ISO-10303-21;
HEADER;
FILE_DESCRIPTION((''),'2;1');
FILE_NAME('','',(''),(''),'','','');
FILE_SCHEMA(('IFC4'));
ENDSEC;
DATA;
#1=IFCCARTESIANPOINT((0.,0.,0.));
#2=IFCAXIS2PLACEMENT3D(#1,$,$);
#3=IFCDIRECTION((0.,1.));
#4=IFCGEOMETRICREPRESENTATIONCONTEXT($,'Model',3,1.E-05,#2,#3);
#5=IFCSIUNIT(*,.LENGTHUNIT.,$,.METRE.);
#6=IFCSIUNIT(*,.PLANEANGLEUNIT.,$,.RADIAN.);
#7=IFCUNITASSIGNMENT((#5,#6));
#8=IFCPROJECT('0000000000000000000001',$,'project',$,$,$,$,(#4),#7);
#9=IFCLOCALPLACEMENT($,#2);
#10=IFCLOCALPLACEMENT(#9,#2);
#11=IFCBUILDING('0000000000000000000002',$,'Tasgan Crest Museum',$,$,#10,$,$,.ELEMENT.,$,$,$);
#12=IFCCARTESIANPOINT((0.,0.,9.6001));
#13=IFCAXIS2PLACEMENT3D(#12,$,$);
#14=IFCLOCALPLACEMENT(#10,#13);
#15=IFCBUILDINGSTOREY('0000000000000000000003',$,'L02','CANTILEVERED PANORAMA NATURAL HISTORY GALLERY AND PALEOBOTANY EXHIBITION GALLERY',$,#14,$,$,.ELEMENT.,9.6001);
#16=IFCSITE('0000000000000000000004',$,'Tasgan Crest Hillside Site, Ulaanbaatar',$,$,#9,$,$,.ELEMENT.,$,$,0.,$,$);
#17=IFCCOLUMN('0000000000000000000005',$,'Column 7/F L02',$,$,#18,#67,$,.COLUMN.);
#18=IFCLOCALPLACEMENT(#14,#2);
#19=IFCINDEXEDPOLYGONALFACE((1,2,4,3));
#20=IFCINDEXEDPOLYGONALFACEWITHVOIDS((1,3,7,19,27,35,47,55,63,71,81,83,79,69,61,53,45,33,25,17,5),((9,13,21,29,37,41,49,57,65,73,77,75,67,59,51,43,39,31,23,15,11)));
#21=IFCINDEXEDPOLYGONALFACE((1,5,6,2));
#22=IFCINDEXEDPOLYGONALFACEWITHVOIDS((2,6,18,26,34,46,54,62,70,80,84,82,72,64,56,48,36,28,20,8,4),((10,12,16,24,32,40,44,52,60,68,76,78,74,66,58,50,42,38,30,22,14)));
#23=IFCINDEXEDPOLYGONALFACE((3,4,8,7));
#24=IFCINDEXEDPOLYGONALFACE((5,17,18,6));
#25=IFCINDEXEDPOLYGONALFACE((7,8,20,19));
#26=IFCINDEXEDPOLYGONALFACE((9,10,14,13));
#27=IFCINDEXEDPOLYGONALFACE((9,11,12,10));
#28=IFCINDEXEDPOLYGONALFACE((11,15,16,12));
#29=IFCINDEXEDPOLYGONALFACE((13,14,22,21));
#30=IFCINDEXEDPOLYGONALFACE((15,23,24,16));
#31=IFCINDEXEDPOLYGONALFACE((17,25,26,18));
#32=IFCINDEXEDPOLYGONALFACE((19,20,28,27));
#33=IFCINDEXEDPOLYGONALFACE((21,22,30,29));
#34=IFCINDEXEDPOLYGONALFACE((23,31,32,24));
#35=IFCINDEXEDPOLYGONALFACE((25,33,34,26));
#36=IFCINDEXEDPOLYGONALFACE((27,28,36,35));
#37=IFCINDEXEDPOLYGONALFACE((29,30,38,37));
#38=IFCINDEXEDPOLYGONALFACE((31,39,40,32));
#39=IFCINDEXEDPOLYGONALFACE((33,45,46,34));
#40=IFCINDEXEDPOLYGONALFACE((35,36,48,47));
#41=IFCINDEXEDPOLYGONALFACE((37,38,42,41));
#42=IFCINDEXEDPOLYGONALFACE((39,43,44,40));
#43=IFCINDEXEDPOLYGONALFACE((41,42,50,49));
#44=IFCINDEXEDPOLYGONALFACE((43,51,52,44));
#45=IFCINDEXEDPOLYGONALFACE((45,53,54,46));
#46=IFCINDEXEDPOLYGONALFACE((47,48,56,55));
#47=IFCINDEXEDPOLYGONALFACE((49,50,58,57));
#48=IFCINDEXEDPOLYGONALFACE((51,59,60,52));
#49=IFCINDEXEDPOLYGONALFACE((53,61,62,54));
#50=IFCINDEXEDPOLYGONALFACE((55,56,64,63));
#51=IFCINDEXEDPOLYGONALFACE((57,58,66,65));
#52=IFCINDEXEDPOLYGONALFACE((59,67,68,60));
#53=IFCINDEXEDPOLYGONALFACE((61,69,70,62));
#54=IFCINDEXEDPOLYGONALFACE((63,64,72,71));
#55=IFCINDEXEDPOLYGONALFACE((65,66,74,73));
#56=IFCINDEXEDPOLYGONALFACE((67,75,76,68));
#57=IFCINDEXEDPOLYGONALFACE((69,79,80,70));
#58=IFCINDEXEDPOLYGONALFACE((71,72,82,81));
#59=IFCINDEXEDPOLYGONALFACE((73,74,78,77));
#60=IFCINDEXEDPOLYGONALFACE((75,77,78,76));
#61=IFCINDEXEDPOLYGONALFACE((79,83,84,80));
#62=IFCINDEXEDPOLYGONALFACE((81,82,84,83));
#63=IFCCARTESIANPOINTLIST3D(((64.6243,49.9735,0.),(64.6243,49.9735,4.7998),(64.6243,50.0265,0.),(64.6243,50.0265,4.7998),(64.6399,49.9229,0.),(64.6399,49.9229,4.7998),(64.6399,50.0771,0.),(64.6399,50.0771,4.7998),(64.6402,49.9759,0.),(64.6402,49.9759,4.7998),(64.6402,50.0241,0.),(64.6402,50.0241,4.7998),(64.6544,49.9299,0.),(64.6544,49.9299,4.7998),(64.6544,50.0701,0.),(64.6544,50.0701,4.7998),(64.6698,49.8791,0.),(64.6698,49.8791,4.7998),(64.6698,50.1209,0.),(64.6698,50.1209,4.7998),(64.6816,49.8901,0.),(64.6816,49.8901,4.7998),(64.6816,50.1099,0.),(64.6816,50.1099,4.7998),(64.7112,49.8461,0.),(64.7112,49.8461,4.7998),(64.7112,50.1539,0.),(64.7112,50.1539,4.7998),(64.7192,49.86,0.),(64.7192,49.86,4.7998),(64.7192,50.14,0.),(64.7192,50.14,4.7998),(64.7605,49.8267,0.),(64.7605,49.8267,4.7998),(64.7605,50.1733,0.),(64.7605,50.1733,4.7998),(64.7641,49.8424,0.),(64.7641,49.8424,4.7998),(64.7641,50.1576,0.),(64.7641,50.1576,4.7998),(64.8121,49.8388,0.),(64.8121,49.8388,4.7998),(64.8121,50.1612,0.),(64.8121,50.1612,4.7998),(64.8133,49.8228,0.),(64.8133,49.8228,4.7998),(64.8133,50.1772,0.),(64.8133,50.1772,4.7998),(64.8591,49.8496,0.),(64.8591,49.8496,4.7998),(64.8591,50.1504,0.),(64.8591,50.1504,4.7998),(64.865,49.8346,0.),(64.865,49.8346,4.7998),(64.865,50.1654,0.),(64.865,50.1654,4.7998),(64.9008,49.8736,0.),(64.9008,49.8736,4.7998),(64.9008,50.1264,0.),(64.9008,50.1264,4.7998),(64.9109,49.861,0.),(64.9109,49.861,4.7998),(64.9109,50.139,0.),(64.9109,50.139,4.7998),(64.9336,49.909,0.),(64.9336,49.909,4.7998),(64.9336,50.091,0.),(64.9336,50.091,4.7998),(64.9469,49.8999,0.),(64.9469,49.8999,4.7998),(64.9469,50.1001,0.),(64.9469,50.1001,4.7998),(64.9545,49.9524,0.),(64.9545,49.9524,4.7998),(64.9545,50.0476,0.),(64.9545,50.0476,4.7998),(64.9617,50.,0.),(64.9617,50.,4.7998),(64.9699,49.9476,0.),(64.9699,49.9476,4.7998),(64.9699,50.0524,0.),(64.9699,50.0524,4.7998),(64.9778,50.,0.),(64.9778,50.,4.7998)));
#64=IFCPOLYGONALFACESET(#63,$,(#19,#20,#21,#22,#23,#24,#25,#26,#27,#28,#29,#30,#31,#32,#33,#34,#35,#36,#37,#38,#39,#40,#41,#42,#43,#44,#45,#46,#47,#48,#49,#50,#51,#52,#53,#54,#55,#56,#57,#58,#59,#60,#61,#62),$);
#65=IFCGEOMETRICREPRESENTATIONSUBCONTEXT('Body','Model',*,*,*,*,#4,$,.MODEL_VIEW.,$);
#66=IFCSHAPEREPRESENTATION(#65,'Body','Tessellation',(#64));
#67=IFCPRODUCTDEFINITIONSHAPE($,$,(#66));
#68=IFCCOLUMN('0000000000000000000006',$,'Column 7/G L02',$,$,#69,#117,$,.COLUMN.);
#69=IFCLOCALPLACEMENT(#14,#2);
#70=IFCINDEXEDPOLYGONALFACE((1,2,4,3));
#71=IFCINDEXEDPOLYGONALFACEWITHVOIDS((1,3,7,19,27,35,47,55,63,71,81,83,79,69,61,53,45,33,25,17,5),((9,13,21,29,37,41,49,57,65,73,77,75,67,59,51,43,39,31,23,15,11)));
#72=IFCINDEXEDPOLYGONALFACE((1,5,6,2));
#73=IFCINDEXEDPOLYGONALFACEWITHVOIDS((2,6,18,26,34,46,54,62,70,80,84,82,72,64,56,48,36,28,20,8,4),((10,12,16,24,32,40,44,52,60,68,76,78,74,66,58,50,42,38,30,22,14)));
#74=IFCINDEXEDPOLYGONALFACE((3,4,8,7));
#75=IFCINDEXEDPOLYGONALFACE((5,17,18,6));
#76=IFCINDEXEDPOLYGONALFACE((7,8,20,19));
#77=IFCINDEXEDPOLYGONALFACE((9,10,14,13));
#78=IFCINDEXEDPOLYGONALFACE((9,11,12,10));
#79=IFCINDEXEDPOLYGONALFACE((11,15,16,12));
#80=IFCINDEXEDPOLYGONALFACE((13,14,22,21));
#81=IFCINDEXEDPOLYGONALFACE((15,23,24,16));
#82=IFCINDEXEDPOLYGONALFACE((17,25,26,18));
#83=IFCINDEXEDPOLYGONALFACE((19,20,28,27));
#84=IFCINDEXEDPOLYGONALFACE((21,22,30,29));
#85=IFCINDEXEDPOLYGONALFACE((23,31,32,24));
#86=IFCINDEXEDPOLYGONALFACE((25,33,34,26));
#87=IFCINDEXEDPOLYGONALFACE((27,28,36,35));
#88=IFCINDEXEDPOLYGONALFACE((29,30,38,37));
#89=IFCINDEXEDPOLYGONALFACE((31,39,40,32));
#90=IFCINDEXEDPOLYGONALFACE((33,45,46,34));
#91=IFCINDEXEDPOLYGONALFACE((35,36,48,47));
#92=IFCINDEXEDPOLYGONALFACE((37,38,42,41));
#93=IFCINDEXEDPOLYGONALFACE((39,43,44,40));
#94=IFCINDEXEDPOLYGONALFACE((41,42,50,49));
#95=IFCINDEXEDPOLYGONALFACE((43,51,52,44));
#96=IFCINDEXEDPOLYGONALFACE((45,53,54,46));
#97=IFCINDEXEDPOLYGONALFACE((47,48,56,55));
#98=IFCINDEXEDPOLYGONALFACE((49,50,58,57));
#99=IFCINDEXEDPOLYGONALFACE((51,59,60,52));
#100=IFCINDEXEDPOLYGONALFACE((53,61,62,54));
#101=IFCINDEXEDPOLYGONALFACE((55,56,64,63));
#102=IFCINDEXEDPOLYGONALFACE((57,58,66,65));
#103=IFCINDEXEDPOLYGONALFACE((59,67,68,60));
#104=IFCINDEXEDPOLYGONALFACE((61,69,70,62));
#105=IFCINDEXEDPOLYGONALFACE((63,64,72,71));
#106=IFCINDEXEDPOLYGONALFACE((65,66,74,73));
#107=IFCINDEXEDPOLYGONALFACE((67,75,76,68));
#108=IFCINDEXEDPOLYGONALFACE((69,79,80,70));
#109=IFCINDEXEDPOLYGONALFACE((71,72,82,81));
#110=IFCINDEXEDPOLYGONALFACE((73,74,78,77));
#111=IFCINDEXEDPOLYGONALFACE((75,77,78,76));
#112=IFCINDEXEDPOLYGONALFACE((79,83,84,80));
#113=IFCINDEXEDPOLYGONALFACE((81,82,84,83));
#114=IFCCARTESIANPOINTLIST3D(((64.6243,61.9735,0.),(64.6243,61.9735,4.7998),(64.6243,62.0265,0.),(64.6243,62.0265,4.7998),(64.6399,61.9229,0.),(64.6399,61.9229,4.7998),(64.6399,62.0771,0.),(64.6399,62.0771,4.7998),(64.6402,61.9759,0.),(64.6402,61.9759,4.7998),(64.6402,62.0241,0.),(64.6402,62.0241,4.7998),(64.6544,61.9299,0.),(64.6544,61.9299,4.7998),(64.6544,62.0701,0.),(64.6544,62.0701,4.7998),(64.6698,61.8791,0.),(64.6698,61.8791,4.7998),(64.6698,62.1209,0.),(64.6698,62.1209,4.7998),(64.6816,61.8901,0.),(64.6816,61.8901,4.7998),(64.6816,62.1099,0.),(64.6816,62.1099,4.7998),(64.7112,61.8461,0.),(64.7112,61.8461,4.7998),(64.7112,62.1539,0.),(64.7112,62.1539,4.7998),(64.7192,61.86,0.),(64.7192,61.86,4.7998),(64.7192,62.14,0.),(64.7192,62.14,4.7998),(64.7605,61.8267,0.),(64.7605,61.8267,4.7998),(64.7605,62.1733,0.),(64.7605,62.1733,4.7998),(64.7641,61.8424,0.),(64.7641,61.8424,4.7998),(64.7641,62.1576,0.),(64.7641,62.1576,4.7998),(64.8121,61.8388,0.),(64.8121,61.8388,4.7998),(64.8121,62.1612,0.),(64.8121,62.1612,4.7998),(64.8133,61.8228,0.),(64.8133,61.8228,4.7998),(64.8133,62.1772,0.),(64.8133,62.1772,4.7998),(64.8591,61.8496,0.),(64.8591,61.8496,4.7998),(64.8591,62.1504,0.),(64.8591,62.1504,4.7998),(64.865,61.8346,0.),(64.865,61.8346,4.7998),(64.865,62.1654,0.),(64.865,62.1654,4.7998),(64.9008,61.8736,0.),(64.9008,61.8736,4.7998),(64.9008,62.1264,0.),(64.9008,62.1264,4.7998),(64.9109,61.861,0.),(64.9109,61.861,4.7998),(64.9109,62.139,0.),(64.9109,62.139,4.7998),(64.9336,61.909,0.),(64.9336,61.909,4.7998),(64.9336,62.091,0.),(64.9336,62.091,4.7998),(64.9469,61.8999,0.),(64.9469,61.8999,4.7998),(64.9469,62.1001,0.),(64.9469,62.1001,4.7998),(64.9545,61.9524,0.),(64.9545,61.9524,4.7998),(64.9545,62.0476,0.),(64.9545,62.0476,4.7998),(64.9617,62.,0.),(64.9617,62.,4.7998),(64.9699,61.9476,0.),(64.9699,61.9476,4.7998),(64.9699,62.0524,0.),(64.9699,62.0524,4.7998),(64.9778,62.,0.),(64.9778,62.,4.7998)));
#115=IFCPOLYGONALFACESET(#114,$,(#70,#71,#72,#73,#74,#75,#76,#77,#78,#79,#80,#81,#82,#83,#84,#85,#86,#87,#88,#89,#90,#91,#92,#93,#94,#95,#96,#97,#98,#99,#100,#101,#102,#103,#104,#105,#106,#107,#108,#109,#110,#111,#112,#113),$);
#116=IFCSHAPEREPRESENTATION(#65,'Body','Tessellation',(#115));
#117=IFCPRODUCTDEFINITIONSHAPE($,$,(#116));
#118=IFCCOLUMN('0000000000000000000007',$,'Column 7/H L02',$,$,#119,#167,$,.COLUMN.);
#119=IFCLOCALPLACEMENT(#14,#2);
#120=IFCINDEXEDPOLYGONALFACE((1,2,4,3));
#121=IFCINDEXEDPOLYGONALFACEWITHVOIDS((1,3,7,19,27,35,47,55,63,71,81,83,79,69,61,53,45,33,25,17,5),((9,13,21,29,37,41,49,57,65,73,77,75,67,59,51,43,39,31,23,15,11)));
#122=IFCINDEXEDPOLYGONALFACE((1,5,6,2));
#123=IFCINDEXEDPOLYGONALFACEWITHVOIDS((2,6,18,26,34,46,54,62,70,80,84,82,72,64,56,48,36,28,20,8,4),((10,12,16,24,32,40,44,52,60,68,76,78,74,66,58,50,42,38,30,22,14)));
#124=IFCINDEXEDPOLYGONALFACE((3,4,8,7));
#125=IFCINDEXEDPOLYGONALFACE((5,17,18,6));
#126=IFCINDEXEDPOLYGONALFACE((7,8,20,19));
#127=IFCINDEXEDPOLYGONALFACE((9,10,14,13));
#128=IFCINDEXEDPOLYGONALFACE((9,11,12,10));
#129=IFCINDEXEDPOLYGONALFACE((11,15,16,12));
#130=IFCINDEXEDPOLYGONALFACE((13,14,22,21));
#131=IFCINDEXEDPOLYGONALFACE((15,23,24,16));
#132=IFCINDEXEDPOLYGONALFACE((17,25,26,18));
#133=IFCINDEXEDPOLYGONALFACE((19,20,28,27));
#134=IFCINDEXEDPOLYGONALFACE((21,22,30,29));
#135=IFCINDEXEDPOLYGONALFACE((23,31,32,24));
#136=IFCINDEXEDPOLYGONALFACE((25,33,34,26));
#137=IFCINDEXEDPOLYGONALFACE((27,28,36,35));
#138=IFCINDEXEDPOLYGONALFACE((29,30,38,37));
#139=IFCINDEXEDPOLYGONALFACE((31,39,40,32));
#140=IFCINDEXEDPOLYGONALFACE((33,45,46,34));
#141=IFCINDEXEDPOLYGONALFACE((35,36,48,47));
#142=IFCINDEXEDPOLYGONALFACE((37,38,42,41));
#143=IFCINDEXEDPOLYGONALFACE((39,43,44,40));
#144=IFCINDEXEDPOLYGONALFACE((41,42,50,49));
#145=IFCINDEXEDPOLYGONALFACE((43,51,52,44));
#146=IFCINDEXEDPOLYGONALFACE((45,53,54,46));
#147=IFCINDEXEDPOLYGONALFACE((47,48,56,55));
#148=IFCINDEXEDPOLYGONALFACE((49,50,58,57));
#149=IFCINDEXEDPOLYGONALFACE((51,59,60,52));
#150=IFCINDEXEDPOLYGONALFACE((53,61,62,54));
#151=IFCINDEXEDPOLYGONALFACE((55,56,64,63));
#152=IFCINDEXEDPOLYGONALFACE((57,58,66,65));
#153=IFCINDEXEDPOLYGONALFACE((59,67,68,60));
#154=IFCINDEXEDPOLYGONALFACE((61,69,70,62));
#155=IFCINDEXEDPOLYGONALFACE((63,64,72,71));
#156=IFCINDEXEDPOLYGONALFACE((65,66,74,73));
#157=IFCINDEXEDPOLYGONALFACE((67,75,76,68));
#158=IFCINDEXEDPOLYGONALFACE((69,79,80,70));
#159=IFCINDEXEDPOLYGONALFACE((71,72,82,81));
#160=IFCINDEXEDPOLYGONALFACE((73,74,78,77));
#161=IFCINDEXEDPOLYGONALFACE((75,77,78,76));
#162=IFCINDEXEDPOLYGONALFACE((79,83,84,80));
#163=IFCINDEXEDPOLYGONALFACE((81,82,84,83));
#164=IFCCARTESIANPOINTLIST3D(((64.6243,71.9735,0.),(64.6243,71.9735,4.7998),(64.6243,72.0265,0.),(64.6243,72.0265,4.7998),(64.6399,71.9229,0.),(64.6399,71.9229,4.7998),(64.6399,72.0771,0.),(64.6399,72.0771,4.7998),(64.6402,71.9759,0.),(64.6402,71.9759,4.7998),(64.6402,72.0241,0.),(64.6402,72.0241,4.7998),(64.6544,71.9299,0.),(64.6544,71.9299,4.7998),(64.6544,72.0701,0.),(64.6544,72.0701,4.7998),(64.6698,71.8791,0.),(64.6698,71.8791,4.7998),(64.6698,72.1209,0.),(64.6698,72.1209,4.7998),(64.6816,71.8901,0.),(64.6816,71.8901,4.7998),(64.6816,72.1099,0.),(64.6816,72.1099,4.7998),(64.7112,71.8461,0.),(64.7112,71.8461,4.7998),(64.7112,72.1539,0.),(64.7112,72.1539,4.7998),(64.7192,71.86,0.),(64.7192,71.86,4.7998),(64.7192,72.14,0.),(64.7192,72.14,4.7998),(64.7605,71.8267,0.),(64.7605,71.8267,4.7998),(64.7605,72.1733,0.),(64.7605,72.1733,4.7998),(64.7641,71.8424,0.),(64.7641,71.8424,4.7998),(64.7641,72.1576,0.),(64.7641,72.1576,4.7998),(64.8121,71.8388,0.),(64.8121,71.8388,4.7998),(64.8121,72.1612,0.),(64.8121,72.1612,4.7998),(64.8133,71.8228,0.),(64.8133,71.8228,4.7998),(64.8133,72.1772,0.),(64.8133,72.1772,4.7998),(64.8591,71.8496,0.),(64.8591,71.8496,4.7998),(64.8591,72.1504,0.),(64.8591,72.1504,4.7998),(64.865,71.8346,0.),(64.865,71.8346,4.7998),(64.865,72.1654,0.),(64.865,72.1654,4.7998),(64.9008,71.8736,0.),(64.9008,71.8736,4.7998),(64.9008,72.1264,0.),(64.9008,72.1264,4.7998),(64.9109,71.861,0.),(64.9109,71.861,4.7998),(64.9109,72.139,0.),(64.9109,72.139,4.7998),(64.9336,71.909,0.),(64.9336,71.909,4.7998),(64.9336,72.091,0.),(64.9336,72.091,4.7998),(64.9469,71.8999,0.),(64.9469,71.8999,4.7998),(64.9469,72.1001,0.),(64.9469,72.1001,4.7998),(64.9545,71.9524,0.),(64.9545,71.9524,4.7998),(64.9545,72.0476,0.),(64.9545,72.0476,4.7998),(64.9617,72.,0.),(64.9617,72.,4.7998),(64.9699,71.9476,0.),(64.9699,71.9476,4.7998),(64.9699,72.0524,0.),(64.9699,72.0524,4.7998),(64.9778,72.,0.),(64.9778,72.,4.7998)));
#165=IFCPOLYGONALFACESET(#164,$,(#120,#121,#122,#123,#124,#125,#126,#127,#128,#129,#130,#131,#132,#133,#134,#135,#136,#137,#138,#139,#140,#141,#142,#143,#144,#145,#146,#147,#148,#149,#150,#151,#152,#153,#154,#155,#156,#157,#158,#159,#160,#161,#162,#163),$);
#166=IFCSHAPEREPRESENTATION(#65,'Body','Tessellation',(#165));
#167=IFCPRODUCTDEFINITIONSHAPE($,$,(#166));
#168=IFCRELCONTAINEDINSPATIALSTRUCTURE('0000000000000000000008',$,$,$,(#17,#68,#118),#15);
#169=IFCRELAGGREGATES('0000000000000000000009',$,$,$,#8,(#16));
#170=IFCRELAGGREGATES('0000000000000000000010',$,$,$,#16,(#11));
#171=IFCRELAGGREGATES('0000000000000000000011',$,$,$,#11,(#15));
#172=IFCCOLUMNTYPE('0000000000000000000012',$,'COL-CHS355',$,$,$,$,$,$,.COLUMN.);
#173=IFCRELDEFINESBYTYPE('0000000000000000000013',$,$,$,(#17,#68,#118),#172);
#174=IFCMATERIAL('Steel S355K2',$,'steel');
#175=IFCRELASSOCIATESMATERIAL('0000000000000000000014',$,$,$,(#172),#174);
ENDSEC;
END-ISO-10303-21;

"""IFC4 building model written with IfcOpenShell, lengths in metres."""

from ifc_helpers import new_model, si_unit, direction, frame, origin, origin_2d, place, context, subcontext, project, spatial, hollow_circle, extrude, material, material_profile, profile_set, type_object, element, save


model = new_model("IFC4")

# Units and contexts
model_context = context("Model", 3, precision=1e-05, world=origin(), true_north=direction((0.0, 1.0)))
body_context = subcontext(model_context, "Body", "Model", "MODEL_VIEW")
ifc_project = project(units=[si_unit("LENGTHUNIT", "METRE"), si_unit("PLANEANGLEUNIT", "RADIAN")], contexts=[model_context])

# Site, building, storey
site_placement = place(None, origin())
site = spatial("IfcSite", under=ifc_project, at=site_placement, Name="Tasgan Crest Hillside Site, Ulaanbaatar", CompositionType="ELEMENT", RefElevation=0.0)
building_placement = place(site_placement, origin())
building = spatial("IfcBuilding", under=site, at=building_placement, Name="Tasgan Crest Museum", CompositionType="ELEMENT")
storey_placement = place(building_placement, frame((0.0, 0.0, 9.6001)))
storey = spatial("IfcBuildingStorey", under=building, at=storey_placement, Name="L02", Description="CANTILEVERED PANORAMA NATURAL HISTORY GALLERY AND PALEOBOTANY EXHIBITION GALLERY", CompositionType="ELEMENT", Elevation=9.6001)

# Columns
ifc_material_1 = material(Name="Steel S355K2", Category="steel")
ifc_material_profile_1 = material_profile(ifc_material_1, hollow_circle(Radius=0.1777, WallThickness=0.0161, at=origin_2d()), Name="CHS 355.6x16")
ifc_profile_set_1 = profile_set([ifc_material_profile_1], Name="Steel S355K2")
column_type = type_object("IfcColumnType", Name="COL-CHS355", PredefinedType="COLUMN", material=ifc_profile_set_1)
for number, where, z_axis, x_axis, name in (
    (1, (64.8, 50.0, 0.0), (0.0, 0.0, 1.0), (1.0, 0.0, 0.0), "Column 7/F L02"),
    (2, (64.8, 62.0, 0.0), (0.0, 0.0, 1.0), (1.0, 0.0, 0.0), "Column 7/G L02"),
    (3, (64.8, 72.0, 0.0), (0.0, 0.0, 1.0), (1.0, 0.0, 0.0), "Column 7/H L02"),
):
    element("IfcColumn", number, at=place(storey_placement, frame(where, z_axis=z_axis, x_axis=x_axis)), inside=storey, type_object=column_type, Name=name, PredefinedType="COLUMN", context=body_context, shape_type="SweptSolid", body=[
        extrude(hollow_circle(Radius=0.1777, WallThickness=0.0161, at=origin_2d()), origin(), (0.0, 0.0, 1.0), 4.7998),
    ])

save(model, "model.ifc")
